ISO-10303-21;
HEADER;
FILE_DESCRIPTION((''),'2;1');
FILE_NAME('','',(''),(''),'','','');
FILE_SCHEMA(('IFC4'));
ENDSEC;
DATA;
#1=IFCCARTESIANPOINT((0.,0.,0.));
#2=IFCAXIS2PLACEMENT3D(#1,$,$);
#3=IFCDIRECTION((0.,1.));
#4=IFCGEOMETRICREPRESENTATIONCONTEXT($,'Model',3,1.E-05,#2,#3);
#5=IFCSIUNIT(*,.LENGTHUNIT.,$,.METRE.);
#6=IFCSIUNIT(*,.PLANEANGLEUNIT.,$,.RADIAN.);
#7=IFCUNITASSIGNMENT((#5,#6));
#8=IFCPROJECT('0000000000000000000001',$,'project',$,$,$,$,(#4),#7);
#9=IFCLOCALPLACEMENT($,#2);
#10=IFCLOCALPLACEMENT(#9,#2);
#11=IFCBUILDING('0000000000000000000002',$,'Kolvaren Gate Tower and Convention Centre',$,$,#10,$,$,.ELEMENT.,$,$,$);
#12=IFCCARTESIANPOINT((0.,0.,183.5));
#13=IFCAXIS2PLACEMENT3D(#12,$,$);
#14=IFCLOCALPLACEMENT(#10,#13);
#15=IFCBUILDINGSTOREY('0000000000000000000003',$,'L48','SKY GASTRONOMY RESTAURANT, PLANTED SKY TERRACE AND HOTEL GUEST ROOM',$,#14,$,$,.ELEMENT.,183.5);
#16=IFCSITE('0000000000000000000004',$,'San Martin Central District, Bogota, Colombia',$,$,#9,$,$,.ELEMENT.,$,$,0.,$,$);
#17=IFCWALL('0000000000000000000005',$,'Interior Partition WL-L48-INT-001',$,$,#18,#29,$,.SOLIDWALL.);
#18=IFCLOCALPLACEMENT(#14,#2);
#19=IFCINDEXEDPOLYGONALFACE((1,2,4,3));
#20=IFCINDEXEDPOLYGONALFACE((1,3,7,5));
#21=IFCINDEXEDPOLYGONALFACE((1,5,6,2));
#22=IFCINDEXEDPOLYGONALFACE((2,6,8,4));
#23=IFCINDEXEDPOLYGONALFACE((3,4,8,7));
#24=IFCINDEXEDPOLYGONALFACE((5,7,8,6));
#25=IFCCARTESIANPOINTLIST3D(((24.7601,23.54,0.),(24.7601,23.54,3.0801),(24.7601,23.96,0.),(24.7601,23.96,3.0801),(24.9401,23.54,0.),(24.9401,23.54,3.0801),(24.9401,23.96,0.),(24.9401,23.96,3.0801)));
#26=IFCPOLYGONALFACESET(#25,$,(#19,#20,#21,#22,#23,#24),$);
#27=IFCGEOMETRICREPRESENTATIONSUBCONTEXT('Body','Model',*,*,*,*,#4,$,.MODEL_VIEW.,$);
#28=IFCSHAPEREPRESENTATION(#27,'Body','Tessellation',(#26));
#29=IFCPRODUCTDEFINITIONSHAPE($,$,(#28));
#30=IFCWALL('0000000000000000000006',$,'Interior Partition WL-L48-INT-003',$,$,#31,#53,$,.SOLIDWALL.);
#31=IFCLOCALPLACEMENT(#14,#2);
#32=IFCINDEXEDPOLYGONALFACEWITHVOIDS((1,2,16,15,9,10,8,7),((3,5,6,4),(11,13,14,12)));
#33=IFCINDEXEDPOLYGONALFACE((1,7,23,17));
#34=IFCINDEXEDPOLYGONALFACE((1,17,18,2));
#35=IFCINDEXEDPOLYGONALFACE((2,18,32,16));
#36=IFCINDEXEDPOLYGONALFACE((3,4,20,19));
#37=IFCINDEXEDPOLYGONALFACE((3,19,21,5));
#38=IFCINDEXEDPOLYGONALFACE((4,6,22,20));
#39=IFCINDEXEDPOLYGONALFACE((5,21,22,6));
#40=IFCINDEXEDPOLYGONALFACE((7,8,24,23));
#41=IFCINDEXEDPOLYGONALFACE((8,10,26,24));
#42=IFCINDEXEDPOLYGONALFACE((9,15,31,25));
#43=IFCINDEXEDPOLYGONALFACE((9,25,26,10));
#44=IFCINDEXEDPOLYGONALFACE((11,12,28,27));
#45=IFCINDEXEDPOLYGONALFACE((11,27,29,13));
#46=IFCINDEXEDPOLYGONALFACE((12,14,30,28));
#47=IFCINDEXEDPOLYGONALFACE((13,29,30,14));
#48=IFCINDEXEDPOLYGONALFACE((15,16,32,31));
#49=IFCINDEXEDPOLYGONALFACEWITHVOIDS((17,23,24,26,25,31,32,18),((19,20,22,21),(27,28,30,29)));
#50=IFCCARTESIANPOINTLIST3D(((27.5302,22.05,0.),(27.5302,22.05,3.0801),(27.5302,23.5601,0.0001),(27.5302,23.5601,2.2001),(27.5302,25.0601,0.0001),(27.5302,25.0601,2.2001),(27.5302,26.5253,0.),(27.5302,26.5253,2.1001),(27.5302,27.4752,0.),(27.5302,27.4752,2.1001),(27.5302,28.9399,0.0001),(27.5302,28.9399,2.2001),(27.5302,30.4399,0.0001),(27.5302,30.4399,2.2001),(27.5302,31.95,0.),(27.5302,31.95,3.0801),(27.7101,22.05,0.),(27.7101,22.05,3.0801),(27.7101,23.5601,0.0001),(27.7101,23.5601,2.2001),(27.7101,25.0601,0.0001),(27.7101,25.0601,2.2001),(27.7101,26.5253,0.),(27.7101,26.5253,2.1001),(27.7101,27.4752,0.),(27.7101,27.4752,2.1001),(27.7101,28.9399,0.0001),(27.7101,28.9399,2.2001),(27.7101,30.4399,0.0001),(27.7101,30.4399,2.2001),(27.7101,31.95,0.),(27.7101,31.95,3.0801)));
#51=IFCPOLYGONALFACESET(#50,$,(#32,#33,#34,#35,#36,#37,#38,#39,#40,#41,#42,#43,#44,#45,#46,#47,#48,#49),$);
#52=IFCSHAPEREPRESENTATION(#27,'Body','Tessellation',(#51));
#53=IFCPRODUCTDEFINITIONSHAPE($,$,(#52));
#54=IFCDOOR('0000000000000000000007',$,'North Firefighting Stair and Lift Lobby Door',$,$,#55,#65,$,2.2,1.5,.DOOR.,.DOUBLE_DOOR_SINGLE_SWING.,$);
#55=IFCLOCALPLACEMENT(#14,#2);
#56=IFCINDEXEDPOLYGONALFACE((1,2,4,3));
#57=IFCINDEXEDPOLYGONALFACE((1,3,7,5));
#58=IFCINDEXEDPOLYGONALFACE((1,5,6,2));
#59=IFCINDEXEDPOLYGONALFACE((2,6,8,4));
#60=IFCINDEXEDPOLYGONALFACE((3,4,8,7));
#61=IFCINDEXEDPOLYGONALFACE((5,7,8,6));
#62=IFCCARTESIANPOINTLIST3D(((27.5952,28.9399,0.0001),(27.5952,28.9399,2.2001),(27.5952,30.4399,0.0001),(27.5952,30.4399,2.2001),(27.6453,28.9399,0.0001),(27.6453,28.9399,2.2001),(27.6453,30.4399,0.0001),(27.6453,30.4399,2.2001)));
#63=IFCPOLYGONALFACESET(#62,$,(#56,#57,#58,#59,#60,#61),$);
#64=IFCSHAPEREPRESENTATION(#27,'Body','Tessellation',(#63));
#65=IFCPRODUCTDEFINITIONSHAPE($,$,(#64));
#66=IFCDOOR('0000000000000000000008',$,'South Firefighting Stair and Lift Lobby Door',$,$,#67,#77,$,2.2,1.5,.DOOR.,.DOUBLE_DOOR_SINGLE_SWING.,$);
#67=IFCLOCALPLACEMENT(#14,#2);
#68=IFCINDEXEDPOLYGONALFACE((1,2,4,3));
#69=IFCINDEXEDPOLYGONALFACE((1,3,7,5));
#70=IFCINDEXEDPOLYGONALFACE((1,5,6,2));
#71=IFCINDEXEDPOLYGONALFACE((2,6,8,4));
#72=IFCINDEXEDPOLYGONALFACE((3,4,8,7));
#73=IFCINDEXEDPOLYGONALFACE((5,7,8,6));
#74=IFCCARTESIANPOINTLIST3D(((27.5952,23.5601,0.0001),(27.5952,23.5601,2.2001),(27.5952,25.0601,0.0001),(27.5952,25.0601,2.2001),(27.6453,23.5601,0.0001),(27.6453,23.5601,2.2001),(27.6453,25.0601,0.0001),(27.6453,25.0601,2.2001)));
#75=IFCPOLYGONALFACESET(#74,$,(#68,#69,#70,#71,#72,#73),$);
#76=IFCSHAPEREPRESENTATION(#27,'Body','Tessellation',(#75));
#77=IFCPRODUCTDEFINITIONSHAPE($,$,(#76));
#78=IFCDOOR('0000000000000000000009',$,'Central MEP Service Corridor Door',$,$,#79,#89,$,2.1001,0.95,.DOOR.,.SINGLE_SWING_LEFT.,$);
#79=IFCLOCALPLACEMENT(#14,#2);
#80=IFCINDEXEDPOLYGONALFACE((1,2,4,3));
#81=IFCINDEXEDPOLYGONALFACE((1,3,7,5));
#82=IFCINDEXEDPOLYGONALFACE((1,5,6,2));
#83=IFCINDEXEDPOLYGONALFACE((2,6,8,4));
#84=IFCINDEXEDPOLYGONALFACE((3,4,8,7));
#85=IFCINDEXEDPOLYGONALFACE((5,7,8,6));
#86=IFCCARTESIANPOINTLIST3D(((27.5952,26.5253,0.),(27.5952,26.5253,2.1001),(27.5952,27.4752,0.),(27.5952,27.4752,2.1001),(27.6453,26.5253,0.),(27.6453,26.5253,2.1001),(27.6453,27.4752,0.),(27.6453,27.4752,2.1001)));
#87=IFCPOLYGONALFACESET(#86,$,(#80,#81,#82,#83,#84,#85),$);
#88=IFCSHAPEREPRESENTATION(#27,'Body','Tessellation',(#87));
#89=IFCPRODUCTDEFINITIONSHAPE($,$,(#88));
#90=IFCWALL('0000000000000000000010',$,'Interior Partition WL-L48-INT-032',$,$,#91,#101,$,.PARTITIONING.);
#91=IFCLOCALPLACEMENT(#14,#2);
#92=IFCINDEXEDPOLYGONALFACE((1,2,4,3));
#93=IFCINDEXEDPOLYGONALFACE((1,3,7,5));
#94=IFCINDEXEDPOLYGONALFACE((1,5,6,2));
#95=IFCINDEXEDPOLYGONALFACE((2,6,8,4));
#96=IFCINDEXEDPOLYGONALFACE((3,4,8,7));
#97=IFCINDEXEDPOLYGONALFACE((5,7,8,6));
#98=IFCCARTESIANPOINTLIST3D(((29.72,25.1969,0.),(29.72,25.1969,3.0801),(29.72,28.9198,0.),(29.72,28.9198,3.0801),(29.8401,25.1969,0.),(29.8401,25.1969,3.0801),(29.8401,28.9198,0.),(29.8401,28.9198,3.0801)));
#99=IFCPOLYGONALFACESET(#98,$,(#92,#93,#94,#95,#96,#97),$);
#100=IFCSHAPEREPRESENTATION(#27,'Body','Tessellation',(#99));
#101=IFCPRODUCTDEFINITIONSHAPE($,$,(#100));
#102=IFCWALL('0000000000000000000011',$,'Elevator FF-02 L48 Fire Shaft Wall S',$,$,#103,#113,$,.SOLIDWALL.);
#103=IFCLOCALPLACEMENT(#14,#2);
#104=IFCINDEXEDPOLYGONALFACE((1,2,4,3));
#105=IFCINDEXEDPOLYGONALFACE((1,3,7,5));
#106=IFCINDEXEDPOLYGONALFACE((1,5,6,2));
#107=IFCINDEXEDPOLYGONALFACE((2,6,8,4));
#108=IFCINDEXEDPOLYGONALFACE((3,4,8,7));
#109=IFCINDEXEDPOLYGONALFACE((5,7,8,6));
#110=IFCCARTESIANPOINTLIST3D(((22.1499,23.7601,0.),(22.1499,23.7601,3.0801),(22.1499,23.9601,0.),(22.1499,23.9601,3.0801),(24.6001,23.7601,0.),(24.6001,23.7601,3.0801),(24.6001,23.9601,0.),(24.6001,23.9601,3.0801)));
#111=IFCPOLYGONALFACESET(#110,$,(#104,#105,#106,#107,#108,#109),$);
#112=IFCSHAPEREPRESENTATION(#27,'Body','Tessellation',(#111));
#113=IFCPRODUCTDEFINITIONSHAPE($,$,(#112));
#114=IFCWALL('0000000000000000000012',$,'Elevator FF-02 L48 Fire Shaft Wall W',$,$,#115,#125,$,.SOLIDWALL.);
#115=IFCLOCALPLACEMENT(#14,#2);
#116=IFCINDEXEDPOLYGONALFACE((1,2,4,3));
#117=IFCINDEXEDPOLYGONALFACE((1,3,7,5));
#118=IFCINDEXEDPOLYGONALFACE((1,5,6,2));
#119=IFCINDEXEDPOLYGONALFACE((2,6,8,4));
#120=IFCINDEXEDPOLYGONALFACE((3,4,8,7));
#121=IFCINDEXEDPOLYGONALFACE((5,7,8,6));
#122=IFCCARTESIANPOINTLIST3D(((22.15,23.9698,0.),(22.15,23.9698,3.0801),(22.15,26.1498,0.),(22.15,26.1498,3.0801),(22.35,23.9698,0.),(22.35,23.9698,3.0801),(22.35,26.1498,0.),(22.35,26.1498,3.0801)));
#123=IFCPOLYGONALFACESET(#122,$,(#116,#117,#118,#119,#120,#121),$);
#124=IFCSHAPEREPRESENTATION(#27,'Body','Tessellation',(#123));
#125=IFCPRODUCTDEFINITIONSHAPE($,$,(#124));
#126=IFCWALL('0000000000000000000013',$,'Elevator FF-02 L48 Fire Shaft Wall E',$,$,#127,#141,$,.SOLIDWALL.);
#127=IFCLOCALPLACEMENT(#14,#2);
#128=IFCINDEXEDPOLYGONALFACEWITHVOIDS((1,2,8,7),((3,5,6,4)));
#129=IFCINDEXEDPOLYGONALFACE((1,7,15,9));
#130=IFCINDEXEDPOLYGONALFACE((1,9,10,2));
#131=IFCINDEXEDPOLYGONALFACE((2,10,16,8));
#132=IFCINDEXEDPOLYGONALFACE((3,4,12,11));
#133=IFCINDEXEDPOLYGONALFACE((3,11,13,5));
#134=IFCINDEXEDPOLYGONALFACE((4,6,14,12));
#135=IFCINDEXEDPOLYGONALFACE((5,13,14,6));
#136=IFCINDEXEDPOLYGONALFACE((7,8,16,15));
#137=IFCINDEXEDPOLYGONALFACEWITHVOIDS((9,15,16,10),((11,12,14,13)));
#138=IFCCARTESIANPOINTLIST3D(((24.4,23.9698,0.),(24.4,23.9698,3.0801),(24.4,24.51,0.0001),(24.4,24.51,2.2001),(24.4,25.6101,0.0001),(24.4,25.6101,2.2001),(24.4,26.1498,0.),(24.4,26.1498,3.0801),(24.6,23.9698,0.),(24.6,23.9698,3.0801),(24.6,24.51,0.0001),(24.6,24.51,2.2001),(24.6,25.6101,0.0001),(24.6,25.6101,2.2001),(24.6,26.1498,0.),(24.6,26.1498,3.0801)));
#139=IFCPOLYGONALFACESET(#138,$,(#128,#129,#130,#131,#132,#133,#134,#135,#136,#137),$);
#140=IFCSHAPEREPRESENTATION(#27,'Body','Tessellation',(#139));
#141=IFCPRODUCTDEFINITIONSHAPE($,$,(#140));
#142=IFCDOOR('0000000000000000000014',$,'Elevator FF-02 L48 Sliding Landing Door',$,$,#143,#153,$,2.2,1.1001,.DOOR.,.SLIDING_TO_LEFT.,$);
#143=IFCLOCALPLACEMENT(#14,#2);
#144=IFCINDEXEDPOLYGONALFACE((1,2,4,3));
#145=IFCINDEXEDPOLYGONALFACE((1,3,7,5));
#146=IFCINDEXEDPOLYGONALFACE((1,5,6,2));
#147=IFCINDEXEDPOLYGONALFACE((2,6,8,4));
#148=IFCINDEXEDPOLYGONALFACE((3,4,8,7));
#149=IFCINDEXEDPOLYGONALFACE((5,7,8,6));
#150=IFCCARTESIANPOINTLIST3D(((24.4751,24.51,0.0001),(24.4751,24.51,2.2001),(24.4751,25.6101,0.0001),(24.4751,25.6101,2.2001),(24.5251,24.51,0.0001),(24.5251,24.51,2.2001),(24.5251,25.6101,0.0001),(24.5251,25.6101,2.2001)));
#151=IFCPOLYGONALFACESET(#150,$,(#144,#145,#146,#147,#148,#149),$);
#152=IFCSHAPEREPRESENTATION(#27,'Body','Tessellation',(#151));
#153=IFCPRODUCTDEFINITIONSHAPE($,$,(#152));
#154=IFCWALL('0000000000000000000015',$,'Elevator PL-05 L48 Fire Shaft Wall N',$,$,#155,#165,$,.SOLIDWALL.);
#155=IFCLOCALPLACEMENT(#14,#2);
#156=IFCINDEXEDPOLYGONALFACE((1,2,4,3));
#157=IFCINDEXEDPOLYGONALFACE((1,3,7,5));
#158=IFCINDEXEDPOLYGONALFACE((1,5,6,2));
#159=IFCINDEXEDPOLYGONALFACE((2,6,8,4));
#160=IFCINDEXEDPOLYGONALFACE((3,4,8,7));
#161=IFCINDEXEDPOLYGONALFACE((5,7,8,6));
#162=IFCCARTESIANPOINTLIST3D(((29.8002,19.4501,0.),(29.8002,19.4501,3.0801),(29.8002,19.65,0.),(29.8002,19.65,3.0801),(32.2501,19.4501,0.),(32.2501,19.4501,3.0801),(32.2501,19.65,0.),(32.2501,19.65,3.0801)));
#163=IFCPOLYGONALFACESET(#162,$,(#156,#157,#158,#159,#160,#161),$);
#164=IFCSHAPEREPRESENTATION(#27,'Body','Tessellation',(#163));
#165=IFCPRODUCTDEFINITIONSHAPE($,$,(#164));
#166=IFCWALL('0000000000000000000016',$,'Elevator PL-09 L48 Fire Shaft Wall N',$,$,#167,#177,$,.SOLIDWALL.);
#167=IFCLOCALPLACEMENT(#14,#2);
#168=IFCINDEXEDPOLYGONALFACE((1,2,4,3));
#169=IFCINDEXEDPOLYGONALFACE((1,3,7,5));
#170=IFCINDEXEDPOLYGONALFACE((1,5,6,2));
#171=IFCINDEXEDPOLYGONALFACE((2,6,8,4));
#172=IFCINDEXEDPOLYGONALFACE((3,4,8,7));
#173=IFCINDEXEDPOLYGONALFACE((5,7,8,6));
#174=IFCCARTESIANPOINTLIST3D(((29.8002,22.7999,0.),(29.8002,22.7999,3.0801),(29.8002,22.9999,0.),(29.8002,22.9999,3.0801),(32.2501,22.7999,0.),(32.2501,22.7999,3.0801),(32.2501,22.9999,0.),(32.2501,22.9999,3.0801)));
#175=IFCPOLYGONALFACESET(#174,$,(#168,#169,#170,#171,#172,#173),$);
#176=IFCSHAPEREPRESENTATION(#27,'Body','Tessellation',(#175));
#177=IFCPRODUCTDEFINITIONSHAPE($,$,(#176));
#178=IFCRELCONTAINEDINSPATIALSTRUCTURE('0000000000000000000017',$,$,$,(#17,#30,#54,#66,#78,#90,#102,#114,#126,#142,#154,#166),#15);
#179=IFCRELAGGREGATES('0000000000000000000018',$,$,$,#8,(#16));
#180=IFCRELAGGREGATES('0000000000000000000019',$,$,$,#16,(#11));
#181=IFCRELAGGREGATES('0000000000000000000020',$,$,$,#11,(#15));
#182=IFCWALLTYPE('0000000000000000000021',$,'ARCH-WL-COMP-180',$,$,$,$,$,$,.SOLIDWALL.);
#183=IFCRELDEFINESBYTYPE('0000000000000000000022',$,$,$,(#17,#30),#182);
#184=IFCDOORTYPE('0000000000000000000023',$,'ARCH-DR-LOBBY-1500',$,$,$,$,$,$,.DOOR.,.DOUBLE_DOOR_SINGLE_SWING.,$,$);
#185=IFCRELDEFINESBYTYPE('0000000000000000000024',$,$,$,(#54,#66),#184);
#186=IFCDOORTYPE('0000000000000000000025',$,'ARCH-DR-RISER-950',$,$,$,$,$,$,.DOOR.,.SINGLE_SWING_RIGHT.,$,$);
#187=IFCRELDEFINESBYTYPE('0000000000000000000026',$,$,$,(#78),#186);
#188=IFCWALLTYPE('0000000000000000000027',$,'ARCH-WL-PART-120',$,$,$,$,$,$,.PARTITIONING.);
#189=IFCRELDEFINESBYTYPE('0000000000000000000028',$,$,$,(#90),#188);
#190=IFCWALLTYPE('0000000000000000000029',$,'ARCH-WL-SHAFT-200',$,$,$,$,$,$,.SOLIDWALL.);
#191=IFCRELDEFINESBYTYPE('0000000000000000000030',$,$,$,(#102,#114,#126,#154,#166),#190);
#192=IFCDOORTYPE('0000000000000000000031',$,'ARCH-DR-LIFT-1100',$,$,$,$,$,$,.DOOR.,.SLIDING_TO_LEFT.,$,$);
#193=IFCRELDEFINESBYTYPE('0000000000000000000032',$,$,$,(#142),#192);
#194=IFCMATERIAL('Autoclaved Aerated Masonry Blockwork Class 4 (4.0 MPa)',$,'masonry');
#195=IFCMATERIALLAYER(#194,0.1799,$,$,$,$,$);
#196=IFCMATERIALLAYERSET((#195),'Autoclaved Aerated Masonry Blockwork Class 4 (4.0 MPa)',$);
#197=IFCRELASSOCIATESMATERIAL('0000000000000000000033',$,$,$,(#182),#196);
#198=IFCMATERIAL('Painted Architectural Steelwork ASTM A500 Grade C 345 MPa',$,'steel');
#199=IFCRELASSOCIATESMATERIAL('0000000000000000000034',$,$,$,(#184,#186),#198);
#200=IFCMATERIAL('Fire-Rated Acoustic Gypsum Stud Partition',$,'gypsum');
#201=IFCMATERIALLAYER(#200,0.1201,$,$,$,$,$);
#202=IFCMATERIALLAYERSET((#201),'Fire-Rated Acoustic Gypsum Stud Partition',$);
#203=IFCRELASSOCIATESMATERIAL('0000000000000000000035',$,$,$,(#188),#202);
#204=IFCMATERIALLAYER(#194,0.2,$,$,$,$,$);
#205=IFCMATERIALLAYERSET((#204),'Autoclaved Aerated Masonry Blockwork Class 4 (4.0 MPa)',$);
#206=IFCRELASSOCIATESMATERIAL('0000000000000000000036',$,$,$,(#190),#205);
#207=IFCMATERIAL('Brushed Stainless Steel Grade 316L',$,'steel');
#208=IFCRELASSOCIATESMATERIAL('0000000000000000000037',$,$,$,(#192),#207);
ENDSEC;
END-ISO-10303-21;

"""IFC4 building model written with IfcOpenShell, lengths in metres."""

from ifc_helpers import new_model, si_unit, direction, frame, frame_2d, origin, place, context, subcontext, project, spatial, rectangle, extrude, material, layer, layer_set, type_object, element, fill, save


model = new_model("IFC4")

# Units and contexts
model_context = context("Model", 3, precision=1e-05, world=origin(), true_north=direction((0.0, 1.0)))
body_context = subcontext(model_context, "Body", "Model", "MODEL_VIEW")
ifc_project = project(units=[si_unit("LENGTHUNIT", "METRE"), si_unit("PLANEANGLEUNIT", "RADIAN")], contexts=[model_context])

# Site, building, storey
site_placement = place(None, origin())
site = spatial("IfcSite", under=ifc_project, at=site_placement, Name="San Martin Central District, Bogota, Colombia", CompositionType="ELEMENT", RefElevation=0.0)
building_placement = place(site_placement, origin())
building = spatial("IfcBuilding", under=site, at=building_placement, Name="Kolvaren Gate Tower and Convention Centre", CompositionType="ELEMENT")
storey_placement = place(building_placement, frame((0.0, 0.0, 183.5)))
storey = spatial("IfcBuildingStorey", under=building, at=storey_placement, Name="L48", Description="SKY GASTRONOMY RESTAURANT, PLANTED SKY TERRACE AND HOTEL GUEST ROOM", CompositionType="ELEMENT", Elevation=183.5)

# Wall
ifc_material_1 = material(Name="Autoclaved Aerated Masonry Blockwork Class 4 (4.0 MPa)", Category="masonry")
ifc_layer_1 = layer(ifc_material_1, 0.1799)
ifc_layer_set_1 = layer_set([ifc_layer_1], Name="Autoclaved Aerated Masonry Blockwork Class 4 (4.0 MPa)")
wall_type_1 = type_object("IfcWallType", Name="ARCH-WL-COMP-180", PredefinedType="SOLIDWALL", material=ifc_layer_set_1)
wall_1_placement = place(storey_placement, frame((24.8501, 23.54, 0.0), z_axis=(0.0, 0.0, 1.0), x_axis=(0.0, 1.0, 0.0)))
element("IfcWall", 1, at=wall_1_placement, inside=storey, type_object=wall_type_1, Name="Interior Partition WL-L48-INT-001", PredefinedType="SOLIDWALL", context=body_context, shape_type="SweptSolid", body=[
    extrude(rectangle(XDim=0.4199, YDim=0.1799, at=frame_2d((0.21, 0.0))), origin(), (0.0, 0.0, 1.0), 3.0801),
])

# Wall, openings, doors
wall_2_placement = place(storey_placement, frame((27.6201, 22.05, 0.0), z_axis=(0.0, 0.0, 1.0), x_axis=(0.0, 1.0, 0.0)))
wall_2 = element("IfcWall", 2, at=wall_2_placement, inside=storey, type_object=wall_type_1, Name="Interior Partition WL-L48-INT-003", PredefinedType="SOLIDWALL", context=body_context, shape_type="SweptSolid", body=[
    extrude(rectangle(XDim=9.8999, YDim=0.1799, at=frame_2d((4.95, 0.0))), origin(), (0.0, 0.0, 1.0), 3.0801),
])
opening_1_placement = place(wall_2_placement, frame((4.4751, 0.0, 0.0)))
opening_1 = element("IfcOpeningElement", 3, at=opening_1_placement, cuts=wall_2, PredefinedType="OPENING", context=body_context, shape_type="SweptSolid", body=[
    extrude(rectangle(XDim=0.95, YDim=2.1001, at=frame_2d((0.4751, 1.05))), frame((0.0, 0.0999, 0.0), z_axis=(0.0, -1.0, 0.0), x_axis=(1.0, 0.0, 0.0)), (0.0, 0.0, 1.0), 0.2),
])
opening_2_placement = place(wall_2_placement, frame((6.8899, 0.0, 0.0)))
opening_2 = element("IfcOpeningElement", 4, at=opening_2_placement, cuts=wall_2, PredefinedType="OPENING", context=body_context, shape_type="SweptSolid", body=[
    extrude(rectangle(XDim=1.5, YDim=2.2, at=frame_2d((0.75, 1.1001))), frame((0.0, 0.0999, 0.0), z_axis=(0.0, -1.0, 0.0), x_axis=(1.0, 0.0, 0.0)), (0.0, 0.0, 1.0), 0.2),
])
opening_3_placement = place(wall_2_placement, frame((1.51, 0.0, 0.0)))
opening_3 = element("IfcOpeningElement", 5, at=opening_3_placement, cuts=wall_2, PredefinedType="OPENING", context=body_context, shape_type="SweptSolid", body=[
    extrude(rectangle(XDim=1.5, YDim=2.2, at=frame_2d((0.75, 1.1001))), frame((0.0, 0.0999, 0.0), z_axis=(0.0, -1.0, 0.0), x_axis=(1.0, 0.0, 0.0)), (0.0, 0.0, 1.0), 0.2),
])
ifc_material_2 = material(Name="Painted Architectural Steelwork ASTM A500 Grade C 345 MPa", Category="steel")
door_type_1 = type_object("IfcDoorType", Name="ARCH-DR-LOBBY-1500", OperationType="DOUBLE_DOOR_SINGLE_SWING", PredefinedType="DOOR", material=ifc_material_2)
door_1_placement = place(opening_2_placement, origin())
door_1 = element("IfcDoor", 6, at=door_1_placement, inside=storey, type_object=door_type_1, Name="North Firefighting Stair and Lift Lobby Door", OperationType="DOUBLE_DOOR_SINGLE_SWING", OverallHeight=2.2, OverallWidth=1.5, PredefinedType="DOOR", context=body_context, shape_type="SweptSolid", body=[
    extrude(rectangle(XDim=1.5, YDim=2.2, at=frame_2d((0.75, 1.1001))), frame((0.0, 0.0249, 0.0), z_axis=(0.0, -1.0, 0.0), x_axis=(1.0, 0.0, 0.0)), (0.0, 0.0, 1.0), 0.05),
])
fill(opening_2, door_1)
door_2_placement = place(opening_3_placement, origin())
door_2 = element("IfcDoor", 7, at=door_2_placement, inside=storey, type_object=door_type_1, Name="South Firefighting Stair and Lift Lobby Door", OperationType="DOUBLE_DOOR_SINGLE_SWING", OverallHeight=2.2, OverallWidth=1.5, PredefinedType="DOOR", context=body_context, shape_type="SweptSolid", body=[
    extrude(rectangle(XDim=1.5, YDim=2.2, at=frame_2d((0.75, 1.1001))), frame((0.0, 0.0249, 0.0), z_axis=(0.0, -1.0, 0.0), x_axis=(1.0, 0.0, 0.0)), (0.0, 0.0, 1.0), 0.05),
])
fill(opening_3, door_2)
door_type_2 = type_object("IfcDoorType", Name="ARCH-DR-RISER-950", OperationType="SINGLE_SWING_RIGHT", PredefinedType="DOOR", material=ifc_material_2)
door_3_placement = place(opening_1_placement, origin())
door_3 = element("IfcDoor", 8, at=door_3_placement, inside=storey, type_object=door_type_2, Name="Central MEP Service Corridor Door", OperationType="SINGLE_SWING_LEFT", OverallHeight=2.1001, OverallWidth=0.95, PredefinedType="DOOR", context=body_context, shape_type="SweptSolid", body=[
    extrude(rectangle(XDim=0.95, YDim=2.1001, at=frame_2d((0.4751, 1.05))), frame((0.0, 0.0249, 0.0), z_axis=(0.0, -1.0, 0.0), x_axis=(1.0, 0.0, 0.0)), (0.0, 0.0, 1.0), 0.05),
])
fill(opening_1, door_3)

# Walls
ifc_material_3 = material(Name="Fire-Rated Acoustic Gypsum Stud Partition", Category="gypsum")
ifc_layer_2 = layer(ifc_material_3, 0.1201)
ifc_layer_set_2 = layer_set([ifc_layer_2], Name="Fire-Rated Acoustic Gypsum Stud Partition")
wall_type_2 = type_object("IfcWallType", Name="ARCH-WL-PART-120", PredefinedType="PARTITIONING", material=ifc_layer_set_2)
wall_3_placement = place(storey_placement, frame((29.78, 25.197, 0.0), z_axis=(0.0, 0.0, 1.0), x_axis=(0.0, 1.0, 0.0)))
element("IfcWall", 9, at=wall_3_placement, inside=storey, type_object=wall_type_2, Name="Interior Partition WL-L48-INT-032", PredefinedType="PARTITIONING", context=body_context, shape_type="SweptSolid", body=[
    extrude(rectangle(XDim=3.7229, YDim=0.1201, at=frame_2d((1.8613, 0.0))), origin(), (0.0, 0.0, 1.0), 3.0801),
])
ifc_layer_3 = layer(ifc_material_1, 0.2)
ifc_layer_set_3 = layer_set([ifc_layer_3], Name="Autoclaved Aerated Masonry Blockwork Class 4 (4.0 MPa)")
wall_type_3 = type_object("IfcWallType", Name="ARCH-WL-SHAFT-200", PredefinedType="SOLIDWALL", material=ifc_layer_set_3)
wall_4_placement = place(storey_placement, frame((22.1499, 23.8601, 0.0), z_axis=(0.0, 0.0, 1.0), x_axis=(1.0, 0.0, 0.0)))
element("IfcWall", 10, at=wall_4_placement, inside=storey, type_object=wall_type_3, Name="Elevator FF-02 L48 Fire Shaft Wall S", PredefinedType="SOLIDWALL", context=body_context, shape_type="SweptSolid", body=[
    extrude(rectangle(XDim=2.4502, YDim=0.2, at=frame_2d((1.2251, 0.0))), origin(), (0.0, 0.0, 1.0), 3.0801),
])
wall_5_placement = place(storey_placement, frame((22.25, 23.97, 0.0), z_axis=(0.0, 0.0, 1.0), x_axis=(0.0, 1.0, 0.0)))
element("IfcWall", 11, at=wall_5_placement, inside=storey, type_object=wall_type_3, Name="Elevator FF-02 L48 Fire Shaft Wall W", PredefinedType="SOLIDWALL", context=body_context, shape_type="SweptSolid", body=[
    extrude(rectangle(XDim=2.1799, YDim=0.2, at=frame_2d((1.0898, 0.0))), origin(), (0.0, 0.0, 1.0), 3.0801),
])

# Wall, opening, door
wall_6_placement = place(storey_placement, frame((24.5, 23.97, 0.0), z_axis=(0.0, 0.0, 1.0), x_axis=(0.0, 1.0, 0.0)))
wall_6 = element("IfcWall", 12, at=wall_6_placement, inside=storey, type_object=wall_type_3, Name="Elevator FF-02 L48 Fire Shaft Wall E", PredefinedType="SOLIDWALL", context=body_context, shape_type="SweptSolid", body=[
    extrude(rectangle(XDim=2.1799, YDim=0.2, at=frame_2d((1.0898, 0.0))), origin(), (0.0, 0.0, 1.0), 3.0801),
])
opening_4_placement = place(wall_6_placement, frame((0.54, 0.0, 0.0)))
opening_4 = element("IfcOpeningElement", 13, at=opening_4_placement, cuts=wall_6, PredefinedType="OPENING", context=body_context, shape_type="SweptSolid", body=[
    extrude(rectangle(XDim=1.1001, YDim=2.2, at=frame_2d((0.55, 1.1001))), frame((0.0, 0.1099, 0.0), z_axis=(0.0, -1.0, 0.0), x_axis=(1.0, 0.0, 0.0)), (0.0, 0.0, 1.0), 0.22),
])
ifc_material_4 = material(Name="Brushed Stainless Steel Grade 316L", Category="steel")
door_type_3 = type_object("IfcDoorType", Name="ARCH-DR-LIFT-1100", OperationType="SLIDING_TO_LEFT", PredefinedType="DOOR", material=ifc_material_4)
door_4_placement = place(opening_4_placement, origin())
door_4 = element("IfcDoor", 14, at=door_4_placement, inside=storey, type_object=door_type_3, Name="Elevator FF-02 L48 Sliding Landing Door", OperationType="SLIDING_TO_LEFT", OverallHeight=2.2, OverallWidth=1.1001, PredefinedType="DOOR", context=body_context, shape_type="SweptSolid", body=[
    extrude(rectangle(XDim=1.1001, YDim=2.2, at=frame_2d((0.55, 1.1001))), frame((0.0, 0.0249, 0.0), z_axis=(0.0, -1.0, 0.0), x_axis=(1.0, 0.0, 0.0)), (0.0, 0.0, 1.0), 0.05),
])
fill(opening_4, door_4)

# Walls
for number, where, z_axis, x_axis, name in (
    (15, (29.8, 19.55, 0.0), (0.0, 0.0, 1.0), (1.0, 0.0, 0.0), "Elevator PL-05 L48 Fire Shaft Wall N"),
    (16, (29.8, 22.8999, 0.0), (0.0, 0.0, 1.0), (1.0, 0.0, 0.0), "Elevator PL-09 L48 Fire Shaft Wall N"),
):
    element("IfcWall", number, at=place(storey_placement, frame(where, z_axis=z_axis, x_axis=x_axis)), inside=storey, type_object=wall_type_3, Name=name, PredefinedType="SOLIDWALL", context=body_context, shape_type="SweptSolid", body=[
        extrude(rectangle(XDim=2.45, YDim=0.2, at=frame_2d((1.2251, 0.0))), origin(), (0.0, 0.0, 1.0), 3.0801),
    ])

save(model, "model.ifc")
